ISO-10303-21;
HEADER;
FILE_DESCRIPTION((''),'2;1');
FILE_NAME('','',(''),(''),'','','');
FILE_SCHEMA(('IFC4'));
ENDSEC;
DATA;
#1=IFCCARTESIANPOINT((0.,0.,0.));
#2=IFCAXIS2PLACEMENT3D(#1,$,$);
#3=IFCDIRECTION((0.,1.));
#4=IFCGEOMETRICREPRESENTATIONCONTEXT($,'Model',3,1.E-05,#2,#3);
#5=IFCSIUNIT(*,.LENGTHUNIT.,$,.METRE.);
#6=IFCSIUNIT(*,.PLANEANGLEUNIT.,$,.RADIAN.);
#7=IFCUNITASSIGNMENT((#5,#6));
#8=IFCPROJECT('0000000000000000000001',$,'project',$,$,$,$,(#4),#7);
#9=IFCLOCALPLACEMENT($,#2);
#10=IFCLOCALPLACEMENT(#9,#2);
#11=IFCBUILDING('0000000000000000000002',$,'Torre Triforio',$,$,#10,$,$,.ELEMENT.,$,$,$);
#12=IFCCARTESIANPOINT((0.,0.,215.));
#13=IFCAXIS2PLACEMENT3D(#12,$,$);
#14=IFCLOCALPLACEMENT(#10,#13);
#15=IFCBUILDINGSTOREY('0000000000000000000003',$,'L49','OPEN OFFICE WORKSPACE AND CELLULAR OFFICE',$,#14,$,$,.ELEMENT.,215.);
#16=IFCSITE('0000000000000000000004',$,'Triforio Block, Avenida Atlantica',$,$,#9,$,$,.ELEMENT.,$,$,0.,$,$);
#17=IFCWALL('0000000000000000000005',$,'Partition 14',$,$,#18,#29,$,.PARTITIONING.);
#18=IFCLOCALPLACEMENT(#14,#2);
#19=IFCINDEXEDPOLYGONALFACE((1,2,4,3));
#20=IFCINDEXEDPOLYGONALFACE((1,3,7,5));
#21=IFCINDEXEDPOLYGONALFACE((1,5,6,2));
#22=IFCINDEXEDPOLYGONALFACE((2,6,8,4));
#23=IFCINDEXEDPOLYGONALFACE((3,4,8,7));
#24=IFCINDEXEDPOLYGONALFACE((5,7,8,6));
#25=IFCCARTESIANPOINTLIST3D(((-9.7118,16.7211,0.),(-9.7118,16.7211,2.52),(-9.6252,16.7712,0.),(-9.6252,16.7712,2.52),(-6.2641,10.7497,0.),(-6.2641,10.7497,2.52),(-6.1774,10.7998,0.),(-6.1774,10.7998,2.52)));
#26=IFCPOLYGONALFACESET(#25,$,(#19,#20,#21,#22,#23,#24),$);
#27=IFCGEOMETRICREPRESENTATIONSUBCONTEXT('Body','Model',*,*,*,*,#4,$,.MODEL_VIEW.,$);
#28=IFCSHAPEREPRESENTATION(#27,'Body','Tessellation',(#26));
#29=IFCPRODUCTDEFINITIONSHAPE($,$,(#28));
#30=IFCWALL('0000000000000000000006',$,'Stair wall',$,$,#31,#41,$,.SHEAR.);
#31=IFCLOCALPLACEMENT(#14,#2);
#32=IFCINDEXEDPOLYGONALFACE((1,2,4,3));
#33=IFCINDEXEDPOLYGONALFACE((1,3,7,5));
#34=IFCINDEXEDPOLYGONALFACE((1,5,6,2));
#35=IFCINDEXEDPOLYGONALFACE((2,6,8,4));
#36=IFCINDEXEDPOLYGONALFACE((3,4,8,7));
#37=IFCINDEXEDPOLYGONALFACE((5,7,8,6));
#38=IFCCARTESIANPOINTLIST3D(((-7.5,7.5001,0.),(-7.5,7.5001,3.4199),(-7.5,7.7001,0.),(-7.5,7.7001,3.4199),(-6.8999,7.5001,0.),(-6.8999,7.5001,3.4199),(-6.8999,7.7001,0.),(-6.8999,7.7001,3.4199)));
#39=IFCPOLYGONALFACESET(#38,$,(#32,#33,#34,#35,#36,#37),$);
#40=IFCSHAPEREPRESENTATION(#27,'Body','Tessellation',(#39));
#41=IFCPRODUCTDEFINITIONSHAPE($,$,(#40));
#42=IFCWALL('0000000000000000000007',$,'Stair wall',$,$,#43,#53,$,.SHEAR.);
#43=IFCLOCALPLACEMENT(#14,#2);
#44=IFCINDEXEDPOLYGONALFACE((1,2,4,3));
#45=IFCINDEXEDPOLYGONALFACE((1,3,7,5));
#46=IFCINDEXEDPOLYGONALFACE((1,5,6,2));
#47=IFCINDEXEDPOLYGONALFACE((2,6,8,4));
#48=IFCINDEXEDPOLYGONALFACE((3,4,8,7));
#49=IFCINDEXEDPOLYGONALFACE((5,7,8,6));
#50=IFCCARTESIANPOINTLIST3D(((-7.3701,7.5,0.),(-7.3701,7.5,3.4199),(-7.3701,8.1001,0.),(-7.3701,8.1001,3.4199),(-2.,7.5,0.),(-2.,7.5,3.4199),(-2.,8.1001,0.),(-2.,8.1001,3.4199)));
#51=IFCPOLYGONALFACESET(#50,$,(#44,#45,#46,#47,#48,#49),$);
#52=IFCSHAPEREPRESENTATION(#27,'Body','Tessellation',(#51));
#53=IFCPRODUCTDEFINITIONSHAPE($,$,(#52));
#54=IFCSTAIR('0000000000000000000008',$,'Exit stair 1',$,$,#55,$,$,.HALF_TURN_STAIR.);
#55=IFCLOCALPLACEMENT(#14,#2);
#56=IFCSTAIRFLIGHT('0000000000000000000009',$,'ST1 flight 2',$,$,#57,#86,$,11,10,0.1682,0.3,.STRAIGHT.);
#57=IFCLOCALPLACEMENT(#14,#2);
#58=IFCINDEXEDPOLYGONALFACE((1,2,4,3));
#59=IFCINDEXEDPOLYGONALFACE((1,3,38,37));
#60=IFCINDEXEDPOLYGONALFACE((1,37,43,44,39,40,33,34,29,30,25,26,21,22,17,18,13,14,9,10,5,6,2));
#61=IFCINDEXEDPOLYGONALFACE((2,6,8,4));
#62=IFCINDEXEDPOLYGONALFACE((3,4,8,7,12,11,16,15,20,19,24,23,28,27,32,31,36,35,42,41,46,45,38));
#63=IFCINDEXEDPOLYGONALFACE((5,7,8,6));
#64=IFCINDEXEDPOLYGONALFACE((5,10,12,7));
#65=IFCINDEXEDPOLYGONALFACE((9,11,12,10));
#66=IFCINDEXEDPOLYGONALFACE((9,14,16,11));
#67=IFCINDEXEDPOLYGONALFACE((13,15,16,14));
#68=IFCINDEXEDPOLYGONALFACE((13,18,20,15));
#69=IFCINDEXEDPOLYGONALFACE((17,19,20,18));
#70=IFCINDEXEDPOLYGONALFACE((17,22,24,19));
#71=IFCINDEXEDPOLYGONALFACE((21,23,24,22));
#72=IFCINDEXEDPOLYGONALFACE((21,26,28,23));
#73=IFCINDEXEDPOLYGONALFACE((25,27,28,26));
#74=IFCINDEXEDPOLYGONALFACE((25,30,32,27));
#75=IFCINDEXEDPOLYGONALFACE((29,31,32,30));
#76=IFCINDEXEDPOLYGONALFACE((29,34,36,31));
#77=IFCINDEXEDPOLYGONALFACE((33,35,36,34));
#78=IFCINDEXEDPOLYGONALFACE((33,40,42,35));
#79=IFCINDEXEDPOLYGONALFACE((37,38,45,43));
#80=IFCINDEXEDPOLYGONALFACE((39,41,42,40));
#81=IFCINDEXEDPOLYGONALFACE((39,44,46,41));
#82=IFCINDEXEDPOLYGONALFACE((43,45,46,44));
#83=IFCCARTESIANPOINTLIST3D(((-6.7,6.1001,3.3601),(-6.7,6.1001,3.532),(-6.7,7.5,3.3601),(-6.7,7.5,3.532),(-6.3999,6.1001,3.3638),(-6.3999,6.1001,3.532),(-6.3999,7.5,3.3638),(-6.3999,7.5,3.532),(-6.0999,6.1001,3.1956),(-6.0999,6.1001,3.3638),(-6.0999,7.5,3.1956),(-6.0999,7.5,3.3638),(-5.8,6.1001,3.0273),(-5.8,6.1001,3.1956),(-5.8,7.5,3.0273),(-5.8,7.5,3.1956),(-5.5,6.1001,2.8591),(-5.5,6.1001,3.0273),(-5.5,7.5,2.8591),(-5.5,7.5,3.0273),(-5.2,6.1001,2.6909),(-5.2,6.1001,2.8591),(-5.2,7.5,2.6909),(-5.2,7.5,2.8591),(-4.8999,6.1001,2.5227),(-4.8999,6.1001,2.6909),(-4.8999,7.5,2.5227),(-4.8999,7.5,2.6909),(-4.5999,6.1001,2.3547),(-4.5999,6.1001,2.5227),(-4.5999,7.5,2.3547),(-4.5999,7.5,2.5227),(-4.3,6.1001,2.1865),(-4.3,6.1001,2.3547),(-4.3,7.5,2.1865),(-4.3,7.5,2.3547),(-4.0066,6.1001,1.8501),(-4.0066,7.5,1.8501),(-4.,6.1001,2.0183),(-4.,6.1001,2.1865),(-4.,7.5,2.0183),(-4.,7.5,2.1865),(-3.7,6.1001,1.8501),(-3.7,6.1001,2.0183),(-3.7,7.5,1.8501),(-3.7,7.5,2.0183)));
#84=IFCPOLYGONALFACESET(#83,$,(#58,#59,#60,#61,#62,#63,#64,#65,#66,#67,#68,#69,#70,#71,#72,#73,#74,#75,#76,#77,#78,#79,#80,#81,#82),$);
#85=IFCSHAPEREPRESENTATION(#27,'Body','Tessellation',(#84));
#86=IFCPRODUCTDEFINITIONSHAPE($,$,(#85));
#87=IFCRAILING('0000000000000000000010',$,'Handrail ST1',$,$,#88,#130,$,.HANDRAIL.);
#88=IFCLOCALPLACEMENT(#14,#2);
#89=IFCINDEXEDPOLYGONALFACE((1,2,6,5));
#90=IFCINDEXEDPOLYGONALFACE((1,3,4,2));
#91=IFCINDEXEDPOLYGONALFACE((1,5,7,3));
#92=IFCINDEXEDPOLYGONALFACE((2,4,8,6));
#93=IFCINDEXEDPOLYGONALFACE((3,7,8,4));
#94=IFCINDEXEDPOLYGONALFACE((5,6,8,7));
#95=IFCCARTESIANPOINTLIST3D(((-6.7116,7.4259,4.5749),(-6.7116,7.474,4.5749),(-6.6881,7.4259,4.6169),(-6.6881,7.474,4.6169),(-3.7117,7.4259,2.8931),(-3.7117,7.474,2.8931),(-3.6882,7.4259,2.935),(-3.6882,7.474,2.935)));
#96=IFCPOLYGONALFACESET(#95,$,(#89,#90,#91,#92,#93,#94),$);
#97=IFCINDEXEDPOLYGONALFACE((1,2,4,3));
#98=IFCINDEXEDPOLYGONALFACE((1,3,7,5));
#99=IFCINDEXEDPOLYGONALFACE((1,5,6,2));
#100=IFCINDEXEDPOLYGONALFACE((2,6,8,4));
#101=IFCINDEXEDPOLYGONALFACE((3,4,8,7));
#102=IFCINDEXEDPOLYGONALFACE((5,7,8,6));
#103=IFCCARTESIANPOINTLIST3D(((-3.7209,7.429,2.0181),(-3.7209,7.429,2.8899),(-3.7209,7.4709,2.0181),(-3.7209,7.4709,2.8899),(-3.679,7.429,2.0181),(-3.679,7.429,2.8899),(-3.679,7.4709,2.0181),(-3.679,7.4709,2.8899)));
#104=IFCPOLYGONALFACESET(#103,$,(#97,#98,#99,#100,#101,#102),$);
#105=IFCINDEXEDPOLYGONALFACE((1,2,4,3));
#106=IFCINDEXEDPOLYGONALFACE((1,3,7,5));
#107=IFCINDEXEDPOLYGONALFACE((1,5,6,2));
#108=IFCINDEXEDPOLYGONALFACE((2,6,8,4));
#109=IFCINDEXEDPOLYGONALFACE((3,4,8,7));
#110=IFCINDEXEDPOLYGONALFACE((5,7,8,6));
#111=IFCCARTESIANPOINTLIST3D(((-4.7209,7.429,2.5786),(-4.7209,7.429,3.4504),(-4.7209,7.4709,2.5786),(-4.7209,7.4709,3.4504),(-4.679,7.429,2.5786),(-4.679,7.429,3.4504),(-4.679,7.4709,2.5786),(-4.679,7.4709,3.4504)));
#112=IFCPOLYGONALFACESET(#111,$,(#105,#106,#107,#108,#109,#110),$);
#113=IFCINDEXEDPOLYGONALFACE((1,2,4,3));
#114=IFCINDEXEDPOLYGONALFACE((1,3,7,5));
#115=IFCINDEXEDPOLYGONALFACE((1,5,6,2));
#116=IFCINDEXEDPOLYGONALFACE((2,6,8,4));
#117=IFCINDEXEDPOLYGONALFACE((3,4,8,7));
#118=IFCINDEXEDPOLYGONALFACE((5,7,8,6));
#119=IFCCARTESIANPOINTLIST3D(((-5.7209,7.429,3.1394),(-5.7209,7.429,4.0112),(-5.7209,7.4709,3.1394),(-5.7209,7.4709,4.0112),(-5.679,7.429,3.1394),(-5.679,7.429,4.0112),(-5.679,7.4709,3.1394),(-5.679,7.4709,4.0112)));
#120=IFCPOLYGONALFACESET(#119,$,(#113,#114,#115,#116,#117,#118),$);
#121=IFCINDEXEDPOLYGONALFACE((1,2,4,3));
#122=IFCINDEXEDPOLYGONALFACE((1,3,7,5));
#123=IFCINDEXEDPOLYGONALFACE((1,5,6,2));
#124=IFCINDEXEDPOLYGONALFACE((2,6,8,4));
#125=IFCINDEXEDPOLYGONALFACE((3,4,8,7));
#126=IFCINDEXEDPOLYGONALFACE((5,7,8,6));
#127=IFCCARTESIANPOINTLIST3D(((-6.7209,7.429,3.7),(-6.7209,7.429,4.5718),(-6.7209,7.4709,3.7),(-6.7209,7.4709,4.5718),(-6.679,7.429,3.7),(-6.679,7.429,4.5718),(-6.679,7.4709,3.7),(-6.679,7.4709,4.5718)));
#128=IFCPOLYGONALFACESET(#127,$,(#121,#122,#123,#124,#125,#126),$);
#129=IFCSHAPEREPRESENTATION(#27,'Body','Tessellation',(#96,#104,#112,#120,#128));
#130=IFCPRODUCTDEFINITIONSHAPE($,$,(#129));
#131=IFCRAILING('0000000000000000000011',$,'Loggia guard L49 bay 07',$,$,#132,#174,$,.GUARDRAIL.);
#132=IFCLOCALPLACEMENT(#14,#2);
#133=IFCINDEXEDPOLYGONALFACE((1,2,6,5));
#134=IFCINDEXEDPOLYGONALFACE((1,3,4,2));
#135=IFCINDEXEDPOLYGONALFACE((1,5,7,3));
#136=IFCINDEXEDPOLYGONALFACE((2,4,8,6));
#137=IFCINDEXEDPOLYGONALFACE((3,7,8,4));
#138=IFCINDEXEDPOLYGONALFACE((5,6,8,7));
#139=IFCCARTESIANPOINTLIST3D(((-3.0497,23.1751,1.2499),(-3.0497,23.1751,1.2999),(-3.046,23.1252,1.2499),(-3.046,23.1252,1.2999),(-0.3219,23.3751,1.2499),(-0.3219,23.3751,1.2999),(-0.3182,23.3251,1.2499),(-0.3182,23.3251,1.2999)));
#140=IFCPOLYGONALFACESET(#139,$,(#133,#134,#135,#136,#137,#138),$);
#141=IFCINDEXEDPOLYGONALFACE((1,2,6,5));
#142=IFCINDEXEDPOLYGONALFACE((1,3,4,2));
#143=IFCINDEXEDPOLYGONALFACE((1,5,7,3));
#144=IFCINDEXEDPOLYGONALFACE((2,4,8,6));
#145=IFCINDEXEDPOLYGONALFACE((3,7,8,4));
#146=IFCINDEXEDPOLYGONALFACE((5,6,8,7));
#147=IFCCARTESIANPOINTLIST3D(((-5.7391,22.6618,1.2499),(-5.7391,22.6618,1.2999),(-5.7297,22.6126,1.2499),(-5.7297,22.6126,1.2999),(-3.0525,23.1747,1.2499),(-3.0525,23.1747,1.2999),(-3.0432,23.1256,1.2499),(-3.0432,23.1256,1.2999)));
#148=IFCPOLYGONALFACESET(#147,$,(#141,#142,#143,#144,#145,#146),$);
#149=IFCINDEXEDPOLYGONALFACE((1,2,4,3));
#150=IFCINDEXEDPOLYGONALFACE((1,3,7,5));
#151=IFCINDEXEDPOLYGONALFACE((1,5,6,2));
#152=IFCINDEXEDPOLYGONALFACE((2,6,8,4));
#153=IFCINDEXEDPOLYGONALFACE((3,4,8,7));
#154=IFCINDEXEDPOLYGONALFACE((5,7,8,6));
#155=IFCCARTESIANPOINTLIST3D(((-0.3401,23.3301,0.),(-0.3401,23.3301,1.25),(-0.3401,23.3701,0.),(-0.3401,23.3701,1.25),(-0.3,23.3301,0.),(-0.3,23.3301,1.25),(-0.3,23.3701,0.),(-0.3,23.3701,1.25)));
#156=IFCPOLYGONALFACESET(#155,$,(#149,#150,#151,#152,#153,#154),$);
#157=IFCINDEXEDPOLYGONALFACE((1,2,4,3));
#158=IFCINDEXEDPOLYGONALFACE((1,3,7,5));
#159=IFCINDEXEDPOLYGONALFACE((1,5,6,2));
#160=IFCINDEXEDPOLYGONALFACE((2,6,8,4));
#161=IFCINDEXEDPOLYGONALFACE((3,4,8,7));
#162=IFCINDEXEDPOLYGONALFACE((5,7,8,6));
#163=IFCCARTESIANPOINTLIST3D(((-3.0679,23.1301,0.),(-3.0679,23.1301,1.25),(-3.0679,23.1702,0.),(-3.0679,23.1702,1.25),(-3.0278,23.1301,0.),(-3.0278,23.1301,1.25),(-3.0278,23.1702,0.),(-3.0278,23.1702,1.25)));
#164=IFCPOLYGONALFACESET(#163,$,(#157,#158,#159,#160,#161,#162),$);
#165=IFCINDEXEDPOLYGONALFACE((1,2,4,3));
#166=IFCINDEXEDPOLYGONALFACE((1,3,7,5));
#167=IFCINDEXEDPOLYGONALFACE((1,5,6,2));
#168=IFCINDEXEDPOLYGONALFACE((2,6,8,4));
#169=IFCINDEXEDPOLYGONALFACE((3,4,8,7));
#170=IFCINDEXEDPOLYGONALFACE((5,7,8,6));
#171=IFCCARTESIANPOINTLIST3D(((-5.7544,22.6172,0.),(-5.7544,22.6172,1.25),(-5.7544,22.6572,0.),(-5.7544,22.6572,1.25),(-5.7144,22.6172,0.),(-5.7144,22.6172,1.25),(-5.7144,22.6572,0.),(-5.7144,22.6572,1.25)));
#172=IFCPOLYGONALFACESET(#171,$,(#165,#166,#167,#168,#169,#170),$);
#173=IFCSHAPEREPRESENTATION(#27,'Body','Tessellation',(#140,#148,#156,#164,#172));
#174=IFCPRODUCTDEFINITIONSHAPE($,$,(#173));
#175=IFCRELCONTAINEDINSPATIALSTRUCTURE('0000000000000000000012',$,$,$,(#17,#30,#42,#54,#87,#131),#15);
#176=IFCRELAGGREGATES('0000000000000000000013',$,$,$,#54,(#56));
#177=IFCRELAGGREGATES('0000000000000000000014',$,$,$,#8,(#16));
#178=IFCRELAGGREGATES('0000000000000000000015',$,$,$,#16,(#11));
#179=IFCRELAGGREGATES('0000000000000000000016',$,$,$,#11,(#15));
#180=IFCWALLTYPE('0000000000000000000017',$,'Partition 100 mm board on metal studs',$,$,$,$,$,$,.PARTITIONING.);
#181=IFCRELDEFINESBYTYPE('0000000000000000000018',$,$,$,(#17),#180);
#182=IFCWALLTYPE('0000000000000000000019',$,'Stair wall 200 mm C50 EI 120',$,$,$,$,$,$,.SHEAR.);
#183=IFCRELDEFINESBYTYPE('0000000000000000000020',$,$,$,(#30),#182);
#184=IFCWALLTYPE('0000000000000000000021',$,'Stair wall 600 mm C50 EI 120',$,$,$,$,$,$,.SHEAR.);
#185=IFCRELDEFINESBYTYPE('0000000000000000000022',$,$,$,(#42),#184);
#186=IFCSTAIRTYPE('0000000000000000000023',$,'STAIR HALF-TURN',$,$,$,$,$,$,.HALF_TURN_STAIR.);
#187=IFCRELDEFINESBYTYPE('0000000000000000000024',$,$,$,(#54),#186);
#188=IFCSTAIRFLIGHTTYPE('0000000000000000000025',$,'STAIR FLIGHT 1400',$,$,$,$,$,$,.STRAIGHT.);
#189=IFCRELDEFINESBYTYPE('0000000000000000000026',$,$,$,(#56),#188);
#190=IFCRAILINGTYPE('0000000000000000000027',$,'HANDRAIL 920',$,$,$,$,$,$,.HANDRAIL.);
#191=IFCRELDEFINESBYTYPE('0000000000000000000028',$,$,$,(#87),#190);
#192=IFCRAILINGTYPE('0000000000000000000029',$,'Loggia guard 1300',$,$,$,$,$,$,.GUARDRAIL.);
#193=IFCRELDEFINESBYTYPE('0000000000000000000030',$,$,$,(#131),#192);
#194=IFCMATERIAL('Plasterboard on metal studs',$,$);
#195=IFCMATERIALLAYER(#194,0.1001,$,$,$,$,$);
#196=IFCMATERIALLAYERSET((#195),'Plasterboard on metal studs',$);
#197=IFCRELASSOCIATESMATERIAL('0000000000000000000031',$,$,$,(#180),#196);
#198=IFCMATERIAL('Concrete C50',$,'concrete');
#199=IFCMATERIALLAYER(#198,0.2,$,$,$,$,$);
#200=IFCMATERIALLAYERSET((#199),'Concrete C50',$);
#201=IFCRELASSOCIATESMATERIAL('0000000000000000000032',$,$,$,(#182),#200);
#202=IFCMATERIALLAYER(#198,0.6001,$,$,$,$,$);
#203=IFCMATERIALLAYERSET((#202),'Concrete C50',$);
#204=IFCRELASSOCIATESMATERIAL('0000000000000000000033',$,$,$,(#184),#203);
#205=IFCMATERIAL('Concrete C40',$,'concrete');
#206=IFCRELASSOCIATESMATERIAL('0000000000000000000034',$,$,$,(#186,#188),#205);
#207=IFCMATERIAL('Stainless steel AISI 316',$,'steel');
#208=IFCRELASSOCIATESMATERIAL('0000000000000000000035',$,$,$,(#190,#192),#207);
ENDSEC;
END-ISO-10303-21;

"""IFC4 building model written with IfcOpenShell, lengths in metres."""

from ifc_helpers import new_model, si_unit, direction, frame, frame_2d, origin, origin_2d, place, context, subcontext, project, spatial, polyline, rectangle, outline, extrude, material, layer, layer_set, type_object, element, aggregate, save


model = new_model("IFC4")

# Units and contexts
model_context = context("Model", 3, precision=1e-05, world=origin(), true_north=direction((0.0, 1.0)))
body_context = subcontext(model_context, "Body", "Model", "MODEL_VIEW")
ifc_project = project(units=[si_unit("LENGTHUNIT", "METRE"), si_unit("PLANEANGLEUNIT", "RADIAN")], contexts=[model_context])

# Site, building, storey
site_placement = place(None, origin())
site = spatial("IfcSite", under=ifc_project, at=site_placement, Name="Triforio Block, Avenida Atlantica", CompositionType="ELEMENT", RefElevation=0.0)
building_placement = place(site_placement, origin())
building = spatial("IfcBuilding", under=site, at=building_placement, Name="Torre Triforio", CompositionType="ELEMENT")
storey_placement = place(building_placement, frame((0.0, 0.0, 215.0)))
storey = spatial("IfcBuildingStorey", under=building, at=storey_placement, Name="L49", Description="OPEN OFFICE WORKSPACE AND CELLULAR OFFICE", CompositionType="ELEMENT", Elevation=215.0)

# Shared definitions
ifc_material_1 = material(Name="Concrete C50", Category="concrete")

# Shared definitions
ifc_material_2 = material(Name="Concrete C40", Category="concrete")

# Shared definitions
ifc_material_3 = material(Name="Plasterboard on metal studs")

# Walls
ifc_layer_1 = layer(ifc_material_3, 0.1001)
ifc_layer_set_1 = layer_set([ifc_layer_1], Name="Plasterboard on metal studs")
wall_type_1 = type_object("IfcWallType", Name="Partition 100 mm board on metal studs", PredefinedType="PARTITIONING", material=ifc_layer_set_1)
wall_1_placement = place(storey_placement, frame((-6.2207, 10.7747, 0.0), z_axis=(0.0, 0.0, 1.0), x_axis=(-0.500016, 0.866016, 0.0)))
element("IfcWall", 1, at=wall_1_placement, inside=storey, type_object=wall_type_1, Name="Partition 14", PredefinedType="PARTITIONING", context=body_context, shape_type="SweptSolid", body=[
    extrude(rectangle(XDim=6.8953, YDim=0.1001, at=frame_2d((3.4478, 0.0))), origin(), (0.0, 0.0, 1.0), 2.52),
])
ifc_layer_2 = layer(ifc_material_1, 0.2)
ifc_layer_set_2 = layer_set([ifc_layer_2], Name="Concrete C50")
wall_type_2 = type_object("IfcWallType", Name="Stair wall 200 mm C50 EI 120", PredefinedType="SHEAR", material=ifc_layer_set_2)
wall_2_placement = place(storey_placement, frame((-7.5, 7.6001, 0.0), z_axis=(0.0, 0.0, 1.0), x_axis=(1.0, 0.0, 0.0)))
element("IfcWall", 2, at=wall_2_placement, inside=storey, type_object=wall_type_2, Name="Stair wall", PredefinedType="SHEAR", context=body_context, shape_type="SweptSolid", body=[
    extrude(rectangle(XDim=0.6001, YDim=0.2, at=frame_2d((0.3, 0.0))), origin(), (0.0, 0.0, 1.0), 3.4199),
])
ifc_layer_3 = layer(ifc_material_1, 0.6001)
ifc_layer_set_3 = layer_set([ifc_layer_3], Name="Concrete C50")
wall_type_3 = type_object("IfcWallType", Name="Stair wall 600 mm C50 EI 120", PredefinedType="SHEAR", material=ifc_layer_set_3)
wall_3_placement = place(storey_placement, frame((-7.3701, 7.8, 0.0), z_axis=(0.0, 0.0, 1.0), x_axis=(1.0, 0.0, 0.0)))
element("IfcWall", 3, at=wall_3_placement, inside=storey, type_object=wall_type_3, Name="Stair wall", PredefinedType="SHEAR", context=body_context, shape_type="SweptSolid", body=[
    extrude(rectangle(XDim=5.3701, YDim=0.6001, at=frame_2d((2.6851, 0.0))), origin(), (0.0, 0.0, 1.0), 3.4199),
])

# Stair, stair flight
stair_type = type_object("IfcStairType", Name="STAIR HALF-TURN", PredefinedType="HALF_TURN_STAIR", material=ifc_material_2)
stair_placement = place(storey_placement, origin())
stair = element("IfcStair", 4, at=stair_placement, inside=storey, type_object=stair_type, Name="Exit stair 1", PredefinedType="HALF_TURN_STAIR")
stair_flight_type = type_object("IfcStairFlightType", Name="STAIR FLIGHT 1400", PredefinedType="STRAIGHT", material=ifc_material_2)
stair_flight_placement = place(storey_placement, frame((-3.7, 6.8, 1.8501), z_axis=(0.0, 0.0, 1.0), x_axis=(-1.0, 0.0, 0.0)))
stair_flight = element("IfcStairFlight", 5, at=stair_flight_placement, type_object=stair_flight_type, Name="ST1 flight 2", NumberOfRisers=11, NumberOfTreads=10, PredefinedType="STRAIGHT", RiserHeight=0.1682, TreadLength=0.3, context=body_context, shape_type="SweptSolid", body=[
    extrude(outline(polyline([(0.0, 0.0), (0.0, 0.1682), (0.3, 0.1682), (0.3, 0.3364), (0.6001, 0.3364), (0.6001, 0.5046), (0.8999, 0.5046), (0.8999, 0.6726), (1.2, 0.6726), (1.2, 0.8408), (1.5, 0.8408), (1.5, 1.009), (1.8, 1.009), (1.8, 1.1772), (2.1001, 1.1772), (2.1001, 1.3455), (2.3999, 1.3455), (2.3999, 1.5137), (2.7, 1.5137), (2.7, 1.6819), (3.0, 1.6819), (3.0, 1.8501), (3.0, 1.51), (0.3066, 0.0), (0.0, 0.0)])), frame((0.0, 0.7, 0.0), z_axis=(0.0, -1.0, 0.0), x_axis=(1.0, 0.0, 0.0)), (0.0, 0.0, 1.0), 1.3999),
])
aggregate(stair, [stair_flight])

# Railings
ifc_material_4 = material(Name="Stainless steel AISI 316", Category="steel")
railing_type_1 = type_object("IfcRailingType", Name="HANDRAIL 920", PredefinedType="HANDRAIL", material=ifc_material_4)
railing_1_placement = place(storey_placement, frame((-3.7, 7.45, 2.0181)))
element("IfcRailing", 6, at=railing_1_placement, inside=storey, type_object=railing_type_1, Name="Handrail ST1", PredefinedType="HANDRAIL", context=body_context, shape_type="SweptSolid", body=[
    extrude(rectangle(XDim=0.0481, YDim=0.0481, at=origin_2d()), frame((0.0, 0.0, 0.896), z_axis=(-0.872272, 0.0, 0.48902), x_axis=(0.0, -1.0, 0.0)), (0.0, 0.0, 1.0), 3.4392),
    extrude(rectangle(XDim=0.042, YDim=0.042, at=origin_2d()), origin(), (0.0, 0.0, 1.0), 0.8718),
    extrude(rectangle(XDim=0.042, YDim=0.042, at=origin_2d()), frame((-1.0, 0.0, 0.5605)), (0.0, 0.0, 1.0), 0.8718),
    extrude(rectangle(XDim=0.042, YDim=0.042, at=origin_2d()), frame((-2.0, 0.0, 1.1213)), (0.0, 0.0, 1.0), 0.8718),
    extrude(rectangle(XDim=0.042, YDim=0.042, at=origin_2d()), frame((-3.0, 0.0, 1.6819)), (0.0, 0.0, 1.0), 0.8718),
])
railing_type_2 = type_object("IfcRailingType", Name="Loggia guard 1300", PredefinedType="GUARDRAIL", material=ifc_material_4)
railing_2_placement = place(storey_placement, frame((-0.3201, 23.3501, 0.0)))
element("IfcRailing", 7, at=railing_2_placement, inside=storey, type_object=railing_type_2, Name="Loggia guard L49 bay 07", PredefinedType="GUARDRAIL", context=body_context, shape_type="SweptSolid", body=[
    extrude(rectangle(XDim=0.05, YDim=0.05, at=origin_2d()), frame((0.0, 0.0, 1.2749), z_axis=(-0.997324, -0.073106, 0.0), x_axis=(0.073106, -0.997324, 0.0)), (0.0, 0.0, 1.0), 2.7351),
    extrude(rectangle(XDim=0.05, YDim=0.05, at=origin_2d()), frame((-2.7278, -0.2, 1.2749), z_axis=(-0.982256, -0.187543, 0.0), x_axis=(0.187543, -0.982256, 0.0)), (0.0, 0.0, 1.0), 2.7351),
    extrude(rectangle(XDim=0.04, YDim=0.04, at=origin_2d()), origin(), (0.0, 0.0, 1.0), 1.25),
    extrude(rectangle(XDim=0.04, YDim=0.04, at=origin_2d()), frame((-2.7278, -0.2, 0.0)), (0.0, 0.0, 1.0), 1.25),
    extrude(rectangle(XDim=0.04, YDim=0.04, at=origin_2d()), frame((-5.4143, -0.7129, 0.0)), (0.0, 0.0, 1.0), 1.25),
])

save(model, "model.ifc")
